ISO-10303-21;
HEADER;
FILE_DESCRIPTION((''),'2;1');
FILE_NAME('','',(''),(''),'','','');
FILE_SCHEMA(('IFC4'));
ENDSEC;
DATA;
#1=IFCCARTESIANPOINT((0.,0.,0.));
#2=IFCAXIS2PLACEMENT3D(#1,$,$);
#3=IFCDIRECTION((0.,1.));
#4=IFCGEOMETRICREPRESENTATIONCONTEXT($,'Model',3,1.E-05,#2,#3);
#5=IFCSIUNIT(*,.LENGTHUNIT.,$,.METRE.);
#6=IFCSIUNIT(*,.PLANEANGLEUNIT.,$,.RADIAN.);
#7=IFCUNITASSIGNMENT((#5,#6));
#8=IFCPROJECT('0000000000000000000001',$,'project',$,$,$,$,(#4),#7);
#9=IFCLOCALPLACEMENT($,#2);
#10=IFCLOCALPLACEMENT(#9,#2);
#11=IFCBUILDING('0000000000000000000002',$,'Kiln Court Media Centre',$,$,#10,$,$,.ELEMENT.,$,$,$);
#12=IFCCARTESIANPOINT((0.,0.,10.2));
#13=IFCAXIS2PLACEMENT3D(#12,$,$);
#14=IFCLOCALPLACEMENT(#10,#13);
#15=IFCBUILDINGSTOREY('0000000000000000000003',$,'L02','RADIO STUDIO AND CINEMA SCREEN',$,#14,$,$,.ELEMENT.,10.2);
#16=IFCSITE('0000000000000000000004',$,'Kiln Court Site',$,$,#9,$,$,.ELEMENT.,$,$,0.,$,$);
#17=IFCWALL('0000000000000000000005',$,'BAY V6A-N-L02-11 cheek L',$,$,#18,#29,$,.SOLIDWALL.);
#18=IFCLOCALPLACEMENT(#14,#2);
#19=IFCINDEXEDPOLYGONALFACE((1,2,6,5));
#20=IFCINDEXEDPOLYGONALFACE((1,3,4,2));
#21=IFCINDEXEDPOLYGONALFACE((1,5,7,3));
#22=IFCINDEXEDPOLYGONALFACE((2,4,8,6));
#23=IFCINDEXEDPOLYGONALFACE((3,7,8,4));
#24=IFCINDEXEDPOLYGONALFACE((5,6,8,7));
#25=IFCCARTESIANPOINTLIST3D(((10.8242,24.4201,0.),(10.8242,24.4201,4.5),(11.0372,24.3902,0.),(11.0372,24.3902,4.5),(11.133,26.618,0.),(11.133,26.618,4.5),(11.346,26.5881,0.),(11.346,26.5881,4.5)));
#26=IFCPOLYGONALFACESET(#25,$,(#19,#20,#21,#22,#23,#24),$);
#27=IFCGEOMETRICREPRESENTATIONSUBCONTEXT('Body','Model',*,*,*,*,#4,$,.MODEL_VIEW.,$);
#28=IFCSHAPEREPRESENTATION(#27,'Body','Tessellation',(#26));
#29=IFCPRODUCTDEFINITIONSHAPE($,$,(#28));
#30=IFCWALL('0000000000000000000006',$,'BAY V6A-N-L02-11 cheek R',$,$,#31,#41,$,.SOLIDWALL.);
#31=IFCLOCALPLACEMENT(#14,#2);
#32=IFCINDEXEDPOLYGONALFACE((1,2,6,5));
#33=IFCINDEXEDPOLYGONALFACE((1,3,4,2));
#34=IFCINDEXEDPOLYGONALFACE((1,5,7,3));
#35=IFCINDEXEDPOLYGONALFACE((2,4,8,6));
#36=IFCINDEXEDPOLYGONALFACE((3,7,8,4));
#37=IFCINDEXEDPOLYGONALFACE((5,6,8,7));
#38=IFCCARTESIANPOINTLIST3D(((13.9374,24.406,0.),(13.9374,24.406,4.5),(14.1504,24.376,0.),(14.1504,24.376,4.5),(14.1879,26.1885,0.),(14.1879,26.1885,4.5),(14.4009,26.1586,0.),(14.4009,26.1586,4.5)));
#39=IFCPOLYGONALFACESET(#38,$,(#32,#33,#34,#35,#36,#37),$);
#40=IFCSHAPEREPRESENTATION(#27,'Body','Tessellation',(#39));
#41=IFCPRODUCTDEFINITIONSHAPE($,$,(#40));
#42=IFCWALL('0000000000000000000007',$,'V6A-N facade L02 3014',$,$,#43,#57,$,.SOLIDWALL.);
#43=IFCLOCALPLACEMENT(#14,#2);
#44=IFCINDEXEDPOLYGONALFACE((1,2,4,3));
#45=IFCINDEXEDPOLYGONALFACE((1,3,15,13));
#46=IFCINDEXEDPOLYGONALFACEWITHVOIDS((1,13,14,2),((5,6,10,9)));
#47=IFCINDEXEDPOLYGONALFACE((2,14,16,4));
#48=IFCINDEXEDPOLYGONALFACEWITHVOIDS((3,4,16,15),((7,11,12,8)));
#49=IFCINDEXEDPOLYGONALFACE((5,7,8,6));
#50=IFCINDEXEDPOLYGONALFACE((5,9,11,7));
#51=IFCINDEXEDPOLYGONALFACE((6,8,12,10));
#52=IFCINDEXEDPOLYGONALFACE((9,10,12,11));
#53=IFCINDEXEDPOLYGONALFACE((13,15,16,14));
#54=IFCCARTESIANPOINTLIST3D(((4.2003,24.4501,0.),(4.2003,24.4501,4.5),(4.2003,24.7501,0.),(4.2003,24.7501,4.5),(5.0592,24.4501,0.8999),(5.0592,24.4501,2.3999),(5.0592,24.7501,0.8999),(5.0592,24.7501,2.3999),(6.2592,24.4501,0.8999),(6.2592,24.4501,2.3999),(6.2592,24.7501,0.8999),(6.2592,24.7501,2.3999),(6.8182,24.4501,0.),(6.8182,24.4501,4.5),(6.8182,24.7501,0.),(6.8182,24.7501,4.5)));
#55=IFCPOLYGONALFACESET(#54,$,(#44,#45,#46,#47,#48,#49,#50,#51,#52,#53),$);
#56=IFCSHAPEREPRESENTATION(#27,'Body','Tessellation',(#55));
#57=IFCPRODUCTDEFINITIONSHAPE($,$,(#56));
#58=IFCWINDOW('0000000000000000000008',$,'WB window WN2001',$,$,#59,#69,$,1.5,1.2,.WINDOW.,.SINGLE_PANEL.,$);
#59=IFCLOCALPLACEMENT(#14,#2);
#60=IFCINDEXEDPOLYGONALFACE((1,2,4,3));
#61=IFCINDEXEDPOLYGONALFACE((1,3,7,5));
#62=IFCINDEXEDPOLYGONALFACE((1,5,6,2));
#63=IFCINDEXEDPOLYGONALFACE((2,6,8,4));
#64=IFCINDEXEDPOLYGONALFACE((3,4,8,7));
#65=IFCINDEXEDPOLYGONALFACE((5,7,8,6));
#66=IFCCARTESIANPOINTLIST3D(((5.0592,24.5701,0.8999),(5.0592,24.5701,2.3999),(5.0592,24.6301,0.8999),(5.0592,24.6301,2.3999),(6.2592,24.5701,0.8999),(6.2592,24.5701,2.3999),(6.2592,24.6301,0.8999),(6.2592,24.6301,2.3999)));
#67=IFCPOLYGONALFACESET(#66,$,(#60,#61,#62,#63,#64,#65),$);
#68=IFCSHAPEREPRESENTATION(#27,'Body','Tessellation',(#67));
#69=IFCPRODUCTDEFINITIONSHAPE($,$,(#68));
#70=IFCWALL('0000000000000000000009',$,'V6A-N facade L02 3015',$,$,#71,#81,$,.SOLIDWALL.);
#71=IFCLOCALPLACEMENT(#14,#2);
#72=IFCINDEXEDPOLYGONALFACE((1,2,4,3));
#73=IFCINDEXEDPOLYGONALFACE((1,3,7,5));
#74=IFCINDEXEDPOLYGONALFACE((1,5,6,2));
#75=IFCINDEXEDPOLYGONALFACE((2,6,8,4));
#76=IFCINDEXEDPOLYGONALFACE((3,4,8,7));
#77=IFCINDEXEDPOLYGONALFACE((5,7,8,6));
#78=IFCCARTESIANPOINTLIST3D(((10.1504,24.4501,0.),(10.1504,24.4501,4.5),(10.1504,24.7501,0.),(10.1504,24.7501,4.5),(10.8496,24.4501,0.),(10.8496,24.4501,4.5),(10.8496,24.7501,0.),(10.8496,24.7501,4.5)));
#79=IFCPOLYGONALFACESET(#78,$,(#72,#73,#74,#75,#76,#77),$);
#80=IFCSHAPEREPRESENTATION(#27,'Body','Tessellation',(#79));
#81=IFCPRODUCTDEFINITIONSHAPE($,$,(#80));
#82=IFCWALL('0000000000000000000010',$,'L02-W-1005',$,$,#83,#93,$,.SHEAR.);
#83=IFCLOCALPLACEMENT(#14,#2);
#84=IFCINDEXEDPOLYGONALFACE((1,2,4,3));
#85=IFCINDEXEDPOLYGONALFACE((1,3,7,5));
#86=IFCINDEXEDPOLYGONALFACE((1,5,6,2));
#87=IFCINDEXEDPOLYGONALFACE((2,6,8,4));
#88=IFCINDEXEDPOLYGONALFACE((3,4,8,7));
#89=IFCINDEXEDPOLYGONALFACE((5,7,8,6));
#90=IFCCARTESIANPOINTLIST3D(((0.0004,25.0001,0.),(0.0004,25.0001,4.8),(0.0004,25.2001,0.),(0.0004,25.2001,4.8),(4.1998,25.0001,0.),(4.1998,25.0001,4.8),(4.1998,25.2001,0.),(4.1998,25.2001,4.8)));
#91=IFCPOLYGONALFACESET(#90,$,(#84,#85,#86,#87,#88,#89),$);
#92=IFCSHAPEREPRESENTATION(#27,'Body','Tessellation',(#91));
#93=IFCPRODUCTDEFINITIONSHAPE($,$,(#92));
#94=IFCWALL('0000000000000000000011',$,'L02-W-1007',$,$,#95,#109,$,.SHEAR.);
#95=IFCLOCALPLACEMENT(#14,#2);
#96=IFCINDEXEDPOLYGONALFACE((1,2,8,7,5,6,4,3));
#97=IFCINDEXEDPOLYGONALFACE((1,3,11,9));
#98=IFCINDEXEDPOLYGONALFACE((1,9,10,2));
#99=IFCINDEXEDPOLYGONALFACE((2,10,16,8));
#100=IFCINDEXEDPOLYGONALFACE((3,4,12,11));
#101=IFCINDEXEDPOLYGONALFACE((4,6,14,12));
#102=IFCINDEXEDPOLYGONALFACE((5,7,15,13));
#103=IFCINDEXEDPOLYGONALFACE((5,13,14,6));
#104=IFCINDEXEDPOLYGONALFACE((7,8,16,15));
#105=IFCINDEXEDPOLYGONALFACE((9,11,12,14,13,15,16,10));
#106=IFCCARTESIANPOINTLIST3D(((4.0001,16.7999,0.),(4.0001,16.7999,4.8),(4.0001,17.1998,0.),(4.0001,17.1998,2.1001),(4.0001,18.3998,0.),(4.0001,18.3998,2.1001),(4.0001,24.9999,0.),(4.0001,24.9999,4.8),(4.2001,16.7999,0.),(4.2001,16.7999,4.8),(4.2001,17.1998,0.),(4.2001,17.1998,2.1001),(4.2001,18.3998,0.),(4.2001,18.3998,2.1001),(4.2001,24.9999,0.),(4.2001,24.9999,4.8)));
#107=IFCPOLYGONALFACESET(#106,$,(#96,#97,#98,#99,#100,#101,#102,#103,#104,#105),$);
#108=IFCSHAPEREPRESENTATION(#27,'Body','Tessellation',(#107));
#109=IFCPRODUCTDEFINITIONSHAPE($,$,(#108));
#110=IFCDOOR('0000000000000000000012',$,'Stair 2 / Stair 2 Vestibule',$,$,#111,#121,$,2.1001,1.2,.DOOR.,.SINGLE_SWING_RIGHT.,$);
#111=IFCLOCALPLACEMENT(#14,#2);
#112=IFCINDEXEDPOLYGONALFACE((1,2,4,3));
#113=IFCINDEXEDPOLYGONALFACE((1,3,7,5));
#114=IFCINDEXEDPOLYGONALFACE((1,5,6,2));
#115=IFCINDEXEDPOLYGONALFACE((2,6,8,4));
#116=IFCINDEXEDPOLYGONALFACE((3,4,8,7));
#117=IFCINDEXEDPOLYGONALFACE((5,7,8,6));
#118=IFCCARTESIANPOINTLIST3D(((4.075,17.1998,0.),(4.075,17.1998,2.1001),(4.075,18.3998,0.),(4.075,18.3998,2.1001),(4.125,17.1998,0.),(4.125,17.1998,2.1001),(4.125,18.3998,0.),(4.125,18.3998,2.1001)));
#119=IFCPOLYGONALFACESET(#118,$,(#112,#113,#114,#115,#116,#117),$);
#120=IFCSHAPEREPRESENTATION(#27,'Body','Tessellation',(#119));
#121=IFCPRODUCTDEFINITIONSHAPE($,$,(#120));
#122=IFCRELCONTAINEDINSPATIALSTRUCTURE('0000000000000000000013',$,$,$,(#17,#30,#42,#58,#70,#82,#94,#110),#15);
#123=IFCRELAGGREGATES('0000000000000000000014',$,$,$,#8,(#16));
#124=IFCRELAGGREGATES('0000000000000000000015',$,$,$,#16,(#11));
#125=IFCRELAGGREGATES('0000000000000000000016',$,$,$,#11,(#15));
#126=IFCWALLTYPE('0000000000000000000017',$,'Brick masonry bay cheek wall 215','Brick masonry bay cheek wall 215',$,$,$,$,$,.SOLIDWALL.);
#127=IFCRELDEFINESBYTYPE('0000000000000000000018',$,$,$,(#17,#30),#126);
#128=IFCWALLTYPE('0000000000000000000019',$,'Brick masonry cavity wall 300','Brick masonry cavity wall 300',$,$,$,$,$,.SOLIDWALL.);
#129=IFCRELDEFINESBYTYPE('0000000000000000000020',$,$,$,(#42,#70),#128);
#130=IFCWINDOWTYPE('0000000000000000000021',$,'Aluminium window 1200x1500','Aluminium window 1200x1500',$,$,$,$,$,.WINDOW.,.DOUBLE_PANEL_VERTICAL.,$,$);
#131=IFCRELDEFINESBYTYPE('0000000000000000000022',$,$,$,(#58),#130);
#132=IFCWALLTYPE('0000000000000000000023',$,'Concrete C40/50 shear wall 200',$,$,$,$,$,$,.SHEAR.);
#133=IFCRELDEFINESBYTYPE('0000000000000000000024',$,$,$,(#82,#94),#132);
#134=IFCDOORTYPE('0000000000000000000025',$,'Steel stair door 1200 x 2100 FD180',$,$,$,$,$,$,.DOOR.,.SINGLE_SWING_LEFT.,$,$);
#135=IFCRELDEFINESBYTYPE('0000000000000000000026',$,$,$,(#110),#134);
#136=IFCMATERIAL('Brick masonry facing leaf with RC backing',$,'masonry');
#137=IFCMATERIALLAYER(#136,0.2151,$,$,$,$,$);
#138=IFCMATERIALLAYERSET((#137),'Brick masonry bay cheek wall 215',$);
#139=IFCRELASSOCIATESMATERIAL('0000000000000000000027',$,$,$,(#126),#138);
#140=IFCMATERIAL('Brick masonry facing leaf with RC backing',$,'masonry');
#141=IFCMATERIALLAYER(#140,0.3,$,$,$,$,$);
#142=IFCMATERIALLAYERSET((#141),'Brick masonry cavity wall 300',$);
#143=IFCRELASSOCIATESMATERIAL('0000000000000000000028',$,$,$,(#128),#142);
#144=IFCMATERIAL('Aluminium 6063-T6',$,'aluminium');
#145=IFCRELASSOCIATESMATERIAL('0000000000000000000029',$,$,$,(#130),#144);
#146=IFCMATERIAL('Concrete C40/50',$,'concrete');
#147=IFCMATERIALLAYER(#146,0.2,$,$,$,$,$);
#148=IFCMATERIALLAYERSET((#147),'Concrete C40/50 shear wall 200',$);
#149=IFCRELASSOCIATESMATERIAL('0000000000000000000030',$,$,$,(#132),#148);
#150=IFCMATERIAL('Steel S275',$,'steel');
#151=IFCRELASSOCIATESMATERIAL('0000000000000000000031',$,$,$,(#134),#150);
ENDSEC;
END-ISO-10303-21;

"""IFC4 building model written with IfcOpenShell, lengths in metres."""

from ifc_helpers import new_model, si_unit, direction, frame, frame_2d, origin, place, context, subcontext, project, spatial, rectangle, extrude, material, layer, layer_set, type_object, element, fill, save


model = new_model("IFC4")

# Units and contexts
model_context = context("Model", 3, precision=1e-05, world=origin(), true_north=direction((0.0, 1.0)))
body_context = subcontext(model_context, "Body", "Model", "MODEL_VIEW")
ifc_project = project(units=[si_unit("LENGTHUNIT", "METRE"), si_unit("PLANEANGLEUNIT", "RADIAN")], contexts=[model_context])

# Site, building, storey
site_placement = place(None, origin())
site = spatial("IfcSite", under=ifc_project, at=site_placement, Name="Kiln Court Site", CompositionType="ELEMENT", RefElevation=0.0)
building_placement = place(site_placement, origin())
building = spatial("IfcBuilding", under=site, at=building_placement, Name="Kiln Court Media Centre", CompositionType="ELEMENT")
storey_placement = place(building_placement, frame((0.0, 0.0, 10.2)))
storey = spatial("IfcBuildingStorey", under=building, at=storey_placement, Name="L02", Description="RADIO STUDIO AND CINEMA SCREEN", CompositionType="ELEMENT", Elevation=10.2)

# Walls
ifc_material_1 = material(Name="Brick masonry facing leaf with RC backing", Category="masonry")
ifc_layer_1 = layer(ifc_material_1, 0.2151)
ifc_layer_set_1 = layer_set([ifc_layer_1], Name="Brick masonry bay cheek wall 215")
wall_type_1 = type_object("IfcWallType", Name="Brick masonry bay cheek wall 215", Description="Brick masonry bay cheek wall 215", PredefinedType="SOLIDWALL", material=ifc_layer_set_1)
for number, where, z_axis, x_axis, name in (
    (1, (10.9307, 24.405, 0.0), (0.0, 0.0, 1.0), (0.139142, 0.990272, 0.0), "BAY V6A-N-L02-11 cheek L"),
):
    element("IfcWall", number, at=place(storey_placement, frame(where, z_axis=z_axis, x_axis=x_axis)), inside=storey, type_object=wall_type_1, Name=name, PredefinedType="SOLIDWALL", context=body_context, shape_type="SweptSolid", body=[
        extrude(rectangle(XDim=2.2195, YDim=0.2151, at=frame_2d((1.1099, 0.0))), origin(), (0.0, 0.0, 1.0), 4.5),
    ])
wall_1_placement = place(storey_placement, frame((14.0439, 24.3911, 0.0), z_axis=(0.0, 0.0, 1.0), x_axis=(0.139161, 0.99027, 0.0)))
element("IfcWall", 2, at=wall_1_placement, inside=storey, type_object=wall_type_1, Name="BAY V6A-N-L02-11 cheek R", PredefinedType="SOLIDWALL", context=body_context, shape_type="SweptSolid", body=[
    extrude(rectangle(XDim=1.8, YDim=0.2151, at=frame_2d((0.8999, 0.0))), origin(), (0.0, 0.0, 1.0), 4.5),
])

# Wall, opening, window
ifc_material_2 = material(Name="Brick masonry facing leaf with RC backing", Category="masonry")
ifc_layer_2 = layer(ifc_material_2, 0.3)
ifc_layer_set_2 = layer_set([ifc_layer_2], Name="Brick masonry cavity wall 300")
wall_type_2 = type_object("IfcWallType", Name="Brick masonry cavity wall 300", Description="Brick masonry cavity wall 300", PredefinedType="SOLIDWALL", material=ifc_layer_set_2)
wall_2_placement = place(storey_placement, frame((4.2002, 24.6001, 0.0), z_axis=(0.0, 0.0, 1.0), x_axis=(1.0, 0.0, 0.0)))
wall_2 = element("IfcWall", 3, at=wall_2_placement, inside=storey, type_object=wall_type_2, Name="V6A-N facade L02 3014", PredefinedType="SOLIDWALL", context=body_context, shape_type="SweptSolid", body=[
    extrude(rectangle(XDim=2.6179, YDim=0.3, at=frame_2d((1.3091, 0.0))), origin(), (0.0, 0.0, 1.0), 4.5),
])
opening_1_placement = place(wall_2_placement, frame((0.8589, 0.0, 0.8999)))
opening_1 = element("IfcOpeningElement", 4, at=opening_1_placement, cuts=wall_2, PredefinedType="OPENING", context=body_context, shape_type="SweptSolid", body=[
    extrude(rectangle(XDim=1.2, YDim=1.5, at=frame_2d((0.6001, 0.75))), frame((0.0, 0.1599, 0.0), z_axis=(0.0, -1.0, 0.0), x_axis=(1.0, 0.0, 0.0)), (0.0, 0.0, 1.0), 0.3201),
])
ifc_material_3 = material(Name="Aluminium 6063-T6", Category="aluminium")
window_type = type_object("IfcWindowType", Name="Aluminium window 1200x1500", Description="Aluminium window 1200x1500", PartitioningType="DOUBLE_PANEL_VERTICAL", PredefinedType="WINDOW", material=ifc_material_3)
window_placement = place(opening_1_placement, origin())
window = element("IfcWindow", 5, at=window_placement, inside=storey, type_object=window_type, Name="WB window WN2001", OverallHeight=1.5, OverallWidth=1.2, PartitioningType="SINGLE_PANEL", PredefinedType="WINDOW", context=body_context, shape_type="SweptSolid", body=[
    extrude(rectangle(XDim=1.2, YDim=1.5, at=frame_2d((0.6001, 0.75))), frame((0.0, 0.03, 0.0), z_axis=(0.0, -1.0, 0.0), x_axis=(1.0, 0.0, 0.0)), (0.0, 0.0, 1.0), 0.0601),
])
fill(opening_1, window)

# Walls
wall_3_placement = place(storey_placement, frame((10.1504, 24.6001, 0.0), z_axis=(0.0, 0.0, 1.0), x_axis=(1.0, 0.0, 0.0)))
element("IfcWall", 6, at=wall_3_placement, inside=storey, type_object=wall_type_2, Name="V6A-N facade L02 3015", PredefinedType="SOLIDWALL", context=body_context, shape_type="SweptSolid", body=[
    extrude(rectangle(XDim=0.6992, YDim=0.3, at=frame_2d((0.3496, 0.0))), origin(), (0.0, 0.0, 1.0), 4.5),
])
ifc_material_4 = material(Name="Concrete C40/50", Category="concrete")
ifc_layer_3 = layer(ifc_material_4, 0.2)
ifc_layer_set_3 = layer_set([ifc_layer_3], Name="Concrete C40/50 shear wall 200")
wall_type_3 = type_object("IfcWallType", Name="Concrete C40/50 shear wall 200", PredefinedType="SHEAR", material=ifc_layer_set_3)
wall_4_placement = place(storey_placement, frame((0.0005, 25.1001, 0.0), z_axis=(0.0, 0.0, 1.0), x_axis=(1.0, 0.0, 0.0)))
element("IfcWall", 7, at=wall_4_placement, inside=storey, type_object=wall_type_3, Name="L02-W-1005", PredefinedType="SHEAR", context=body_context, shape_type="SweptSolid", body=[
    extrude(rectangle(XDim=4.1995, YDim=0.2, at=frame_2d((2.0996, 0.0))), origin(), (0.0, 0.0, 1.0), 4.8),
])

# Wall, opening, door
wall_5_placement = place(storey_placement, frame((4.1001, 25.0, 0.0), z_axis=(0.0, 0.0, 1.0), x_axis=(0.0, -1.0, 0.0)))
wall_5 = element("IfcWall", 8, at=wall_5_placement, inside=storey, type_object=wall_type_3, Name="L02-W-1007", PredefinedType="SHEAR", context=body_context, shape_type="SweptSolid", body=[
    extrude(rectangle(XDim=8.2, YDim=0.2, at=frame_2d((4.1001, 0.0))), origin(), (0.0, 0.0, 1.0), 4.8),
])
opening_2_placement = place(wall_5_placement, frame((6.6001, 0.0, 0.0)))
opening_2 = element("IfcOpeningElement", 9, at=opening_2_placement, cuts=wall_5, PredefinedType="OPENING", context=body_context, shape_type="SweptSolid", body=[
    extrude(rectangle(XDim=1.2, YDim=2.1001, at=frame_2d((0.6001, 1.05))), frame((0.0, 0.1099, 0.0), z_axis=(0.0, -1.0, 0.0), x_axis=(1.0, 0.0, 0.0)), (0.0, 0.0, 1.0), 0.22),
])
ifc_material_5 = material(Name="Steel S275", Category="steel")
door_type = type_object("IfcDoorType", Name="Steel stair door 1200 x 2100 FD180", OperationType="SINGLE_SWING_LEFT", PredefinedType="DOOR", material=ifc_material_5)
door_placement = place(opening_2_placement, origin())
door = element("IfcDoor", 10, at=door_placement, inside=storey, type_object=door_type, Name="Stair 2 / Stair 2 Vestibule", OperationType="SINGLE_SWING_RIGHT", OverallHeight=2.1001, OverallWidth=1.2, PredefinedType="DOOR", context=body_context, shape_type="SweptSolid", body=[
    extrude(rectangle(XDim=1.2, YDim=2.1001, at=frame_2d((0.6001, 1.05))), frame((0.0, 0.0249, 0.0), z_axis=(0.0, -1.0, 0.0), x_axis=(1.0, 0.0, 0.0)), (0.0, 0.0, 1.0), 0.05),
])
fill(opening_2, door)

save(model, "model.ifc")
